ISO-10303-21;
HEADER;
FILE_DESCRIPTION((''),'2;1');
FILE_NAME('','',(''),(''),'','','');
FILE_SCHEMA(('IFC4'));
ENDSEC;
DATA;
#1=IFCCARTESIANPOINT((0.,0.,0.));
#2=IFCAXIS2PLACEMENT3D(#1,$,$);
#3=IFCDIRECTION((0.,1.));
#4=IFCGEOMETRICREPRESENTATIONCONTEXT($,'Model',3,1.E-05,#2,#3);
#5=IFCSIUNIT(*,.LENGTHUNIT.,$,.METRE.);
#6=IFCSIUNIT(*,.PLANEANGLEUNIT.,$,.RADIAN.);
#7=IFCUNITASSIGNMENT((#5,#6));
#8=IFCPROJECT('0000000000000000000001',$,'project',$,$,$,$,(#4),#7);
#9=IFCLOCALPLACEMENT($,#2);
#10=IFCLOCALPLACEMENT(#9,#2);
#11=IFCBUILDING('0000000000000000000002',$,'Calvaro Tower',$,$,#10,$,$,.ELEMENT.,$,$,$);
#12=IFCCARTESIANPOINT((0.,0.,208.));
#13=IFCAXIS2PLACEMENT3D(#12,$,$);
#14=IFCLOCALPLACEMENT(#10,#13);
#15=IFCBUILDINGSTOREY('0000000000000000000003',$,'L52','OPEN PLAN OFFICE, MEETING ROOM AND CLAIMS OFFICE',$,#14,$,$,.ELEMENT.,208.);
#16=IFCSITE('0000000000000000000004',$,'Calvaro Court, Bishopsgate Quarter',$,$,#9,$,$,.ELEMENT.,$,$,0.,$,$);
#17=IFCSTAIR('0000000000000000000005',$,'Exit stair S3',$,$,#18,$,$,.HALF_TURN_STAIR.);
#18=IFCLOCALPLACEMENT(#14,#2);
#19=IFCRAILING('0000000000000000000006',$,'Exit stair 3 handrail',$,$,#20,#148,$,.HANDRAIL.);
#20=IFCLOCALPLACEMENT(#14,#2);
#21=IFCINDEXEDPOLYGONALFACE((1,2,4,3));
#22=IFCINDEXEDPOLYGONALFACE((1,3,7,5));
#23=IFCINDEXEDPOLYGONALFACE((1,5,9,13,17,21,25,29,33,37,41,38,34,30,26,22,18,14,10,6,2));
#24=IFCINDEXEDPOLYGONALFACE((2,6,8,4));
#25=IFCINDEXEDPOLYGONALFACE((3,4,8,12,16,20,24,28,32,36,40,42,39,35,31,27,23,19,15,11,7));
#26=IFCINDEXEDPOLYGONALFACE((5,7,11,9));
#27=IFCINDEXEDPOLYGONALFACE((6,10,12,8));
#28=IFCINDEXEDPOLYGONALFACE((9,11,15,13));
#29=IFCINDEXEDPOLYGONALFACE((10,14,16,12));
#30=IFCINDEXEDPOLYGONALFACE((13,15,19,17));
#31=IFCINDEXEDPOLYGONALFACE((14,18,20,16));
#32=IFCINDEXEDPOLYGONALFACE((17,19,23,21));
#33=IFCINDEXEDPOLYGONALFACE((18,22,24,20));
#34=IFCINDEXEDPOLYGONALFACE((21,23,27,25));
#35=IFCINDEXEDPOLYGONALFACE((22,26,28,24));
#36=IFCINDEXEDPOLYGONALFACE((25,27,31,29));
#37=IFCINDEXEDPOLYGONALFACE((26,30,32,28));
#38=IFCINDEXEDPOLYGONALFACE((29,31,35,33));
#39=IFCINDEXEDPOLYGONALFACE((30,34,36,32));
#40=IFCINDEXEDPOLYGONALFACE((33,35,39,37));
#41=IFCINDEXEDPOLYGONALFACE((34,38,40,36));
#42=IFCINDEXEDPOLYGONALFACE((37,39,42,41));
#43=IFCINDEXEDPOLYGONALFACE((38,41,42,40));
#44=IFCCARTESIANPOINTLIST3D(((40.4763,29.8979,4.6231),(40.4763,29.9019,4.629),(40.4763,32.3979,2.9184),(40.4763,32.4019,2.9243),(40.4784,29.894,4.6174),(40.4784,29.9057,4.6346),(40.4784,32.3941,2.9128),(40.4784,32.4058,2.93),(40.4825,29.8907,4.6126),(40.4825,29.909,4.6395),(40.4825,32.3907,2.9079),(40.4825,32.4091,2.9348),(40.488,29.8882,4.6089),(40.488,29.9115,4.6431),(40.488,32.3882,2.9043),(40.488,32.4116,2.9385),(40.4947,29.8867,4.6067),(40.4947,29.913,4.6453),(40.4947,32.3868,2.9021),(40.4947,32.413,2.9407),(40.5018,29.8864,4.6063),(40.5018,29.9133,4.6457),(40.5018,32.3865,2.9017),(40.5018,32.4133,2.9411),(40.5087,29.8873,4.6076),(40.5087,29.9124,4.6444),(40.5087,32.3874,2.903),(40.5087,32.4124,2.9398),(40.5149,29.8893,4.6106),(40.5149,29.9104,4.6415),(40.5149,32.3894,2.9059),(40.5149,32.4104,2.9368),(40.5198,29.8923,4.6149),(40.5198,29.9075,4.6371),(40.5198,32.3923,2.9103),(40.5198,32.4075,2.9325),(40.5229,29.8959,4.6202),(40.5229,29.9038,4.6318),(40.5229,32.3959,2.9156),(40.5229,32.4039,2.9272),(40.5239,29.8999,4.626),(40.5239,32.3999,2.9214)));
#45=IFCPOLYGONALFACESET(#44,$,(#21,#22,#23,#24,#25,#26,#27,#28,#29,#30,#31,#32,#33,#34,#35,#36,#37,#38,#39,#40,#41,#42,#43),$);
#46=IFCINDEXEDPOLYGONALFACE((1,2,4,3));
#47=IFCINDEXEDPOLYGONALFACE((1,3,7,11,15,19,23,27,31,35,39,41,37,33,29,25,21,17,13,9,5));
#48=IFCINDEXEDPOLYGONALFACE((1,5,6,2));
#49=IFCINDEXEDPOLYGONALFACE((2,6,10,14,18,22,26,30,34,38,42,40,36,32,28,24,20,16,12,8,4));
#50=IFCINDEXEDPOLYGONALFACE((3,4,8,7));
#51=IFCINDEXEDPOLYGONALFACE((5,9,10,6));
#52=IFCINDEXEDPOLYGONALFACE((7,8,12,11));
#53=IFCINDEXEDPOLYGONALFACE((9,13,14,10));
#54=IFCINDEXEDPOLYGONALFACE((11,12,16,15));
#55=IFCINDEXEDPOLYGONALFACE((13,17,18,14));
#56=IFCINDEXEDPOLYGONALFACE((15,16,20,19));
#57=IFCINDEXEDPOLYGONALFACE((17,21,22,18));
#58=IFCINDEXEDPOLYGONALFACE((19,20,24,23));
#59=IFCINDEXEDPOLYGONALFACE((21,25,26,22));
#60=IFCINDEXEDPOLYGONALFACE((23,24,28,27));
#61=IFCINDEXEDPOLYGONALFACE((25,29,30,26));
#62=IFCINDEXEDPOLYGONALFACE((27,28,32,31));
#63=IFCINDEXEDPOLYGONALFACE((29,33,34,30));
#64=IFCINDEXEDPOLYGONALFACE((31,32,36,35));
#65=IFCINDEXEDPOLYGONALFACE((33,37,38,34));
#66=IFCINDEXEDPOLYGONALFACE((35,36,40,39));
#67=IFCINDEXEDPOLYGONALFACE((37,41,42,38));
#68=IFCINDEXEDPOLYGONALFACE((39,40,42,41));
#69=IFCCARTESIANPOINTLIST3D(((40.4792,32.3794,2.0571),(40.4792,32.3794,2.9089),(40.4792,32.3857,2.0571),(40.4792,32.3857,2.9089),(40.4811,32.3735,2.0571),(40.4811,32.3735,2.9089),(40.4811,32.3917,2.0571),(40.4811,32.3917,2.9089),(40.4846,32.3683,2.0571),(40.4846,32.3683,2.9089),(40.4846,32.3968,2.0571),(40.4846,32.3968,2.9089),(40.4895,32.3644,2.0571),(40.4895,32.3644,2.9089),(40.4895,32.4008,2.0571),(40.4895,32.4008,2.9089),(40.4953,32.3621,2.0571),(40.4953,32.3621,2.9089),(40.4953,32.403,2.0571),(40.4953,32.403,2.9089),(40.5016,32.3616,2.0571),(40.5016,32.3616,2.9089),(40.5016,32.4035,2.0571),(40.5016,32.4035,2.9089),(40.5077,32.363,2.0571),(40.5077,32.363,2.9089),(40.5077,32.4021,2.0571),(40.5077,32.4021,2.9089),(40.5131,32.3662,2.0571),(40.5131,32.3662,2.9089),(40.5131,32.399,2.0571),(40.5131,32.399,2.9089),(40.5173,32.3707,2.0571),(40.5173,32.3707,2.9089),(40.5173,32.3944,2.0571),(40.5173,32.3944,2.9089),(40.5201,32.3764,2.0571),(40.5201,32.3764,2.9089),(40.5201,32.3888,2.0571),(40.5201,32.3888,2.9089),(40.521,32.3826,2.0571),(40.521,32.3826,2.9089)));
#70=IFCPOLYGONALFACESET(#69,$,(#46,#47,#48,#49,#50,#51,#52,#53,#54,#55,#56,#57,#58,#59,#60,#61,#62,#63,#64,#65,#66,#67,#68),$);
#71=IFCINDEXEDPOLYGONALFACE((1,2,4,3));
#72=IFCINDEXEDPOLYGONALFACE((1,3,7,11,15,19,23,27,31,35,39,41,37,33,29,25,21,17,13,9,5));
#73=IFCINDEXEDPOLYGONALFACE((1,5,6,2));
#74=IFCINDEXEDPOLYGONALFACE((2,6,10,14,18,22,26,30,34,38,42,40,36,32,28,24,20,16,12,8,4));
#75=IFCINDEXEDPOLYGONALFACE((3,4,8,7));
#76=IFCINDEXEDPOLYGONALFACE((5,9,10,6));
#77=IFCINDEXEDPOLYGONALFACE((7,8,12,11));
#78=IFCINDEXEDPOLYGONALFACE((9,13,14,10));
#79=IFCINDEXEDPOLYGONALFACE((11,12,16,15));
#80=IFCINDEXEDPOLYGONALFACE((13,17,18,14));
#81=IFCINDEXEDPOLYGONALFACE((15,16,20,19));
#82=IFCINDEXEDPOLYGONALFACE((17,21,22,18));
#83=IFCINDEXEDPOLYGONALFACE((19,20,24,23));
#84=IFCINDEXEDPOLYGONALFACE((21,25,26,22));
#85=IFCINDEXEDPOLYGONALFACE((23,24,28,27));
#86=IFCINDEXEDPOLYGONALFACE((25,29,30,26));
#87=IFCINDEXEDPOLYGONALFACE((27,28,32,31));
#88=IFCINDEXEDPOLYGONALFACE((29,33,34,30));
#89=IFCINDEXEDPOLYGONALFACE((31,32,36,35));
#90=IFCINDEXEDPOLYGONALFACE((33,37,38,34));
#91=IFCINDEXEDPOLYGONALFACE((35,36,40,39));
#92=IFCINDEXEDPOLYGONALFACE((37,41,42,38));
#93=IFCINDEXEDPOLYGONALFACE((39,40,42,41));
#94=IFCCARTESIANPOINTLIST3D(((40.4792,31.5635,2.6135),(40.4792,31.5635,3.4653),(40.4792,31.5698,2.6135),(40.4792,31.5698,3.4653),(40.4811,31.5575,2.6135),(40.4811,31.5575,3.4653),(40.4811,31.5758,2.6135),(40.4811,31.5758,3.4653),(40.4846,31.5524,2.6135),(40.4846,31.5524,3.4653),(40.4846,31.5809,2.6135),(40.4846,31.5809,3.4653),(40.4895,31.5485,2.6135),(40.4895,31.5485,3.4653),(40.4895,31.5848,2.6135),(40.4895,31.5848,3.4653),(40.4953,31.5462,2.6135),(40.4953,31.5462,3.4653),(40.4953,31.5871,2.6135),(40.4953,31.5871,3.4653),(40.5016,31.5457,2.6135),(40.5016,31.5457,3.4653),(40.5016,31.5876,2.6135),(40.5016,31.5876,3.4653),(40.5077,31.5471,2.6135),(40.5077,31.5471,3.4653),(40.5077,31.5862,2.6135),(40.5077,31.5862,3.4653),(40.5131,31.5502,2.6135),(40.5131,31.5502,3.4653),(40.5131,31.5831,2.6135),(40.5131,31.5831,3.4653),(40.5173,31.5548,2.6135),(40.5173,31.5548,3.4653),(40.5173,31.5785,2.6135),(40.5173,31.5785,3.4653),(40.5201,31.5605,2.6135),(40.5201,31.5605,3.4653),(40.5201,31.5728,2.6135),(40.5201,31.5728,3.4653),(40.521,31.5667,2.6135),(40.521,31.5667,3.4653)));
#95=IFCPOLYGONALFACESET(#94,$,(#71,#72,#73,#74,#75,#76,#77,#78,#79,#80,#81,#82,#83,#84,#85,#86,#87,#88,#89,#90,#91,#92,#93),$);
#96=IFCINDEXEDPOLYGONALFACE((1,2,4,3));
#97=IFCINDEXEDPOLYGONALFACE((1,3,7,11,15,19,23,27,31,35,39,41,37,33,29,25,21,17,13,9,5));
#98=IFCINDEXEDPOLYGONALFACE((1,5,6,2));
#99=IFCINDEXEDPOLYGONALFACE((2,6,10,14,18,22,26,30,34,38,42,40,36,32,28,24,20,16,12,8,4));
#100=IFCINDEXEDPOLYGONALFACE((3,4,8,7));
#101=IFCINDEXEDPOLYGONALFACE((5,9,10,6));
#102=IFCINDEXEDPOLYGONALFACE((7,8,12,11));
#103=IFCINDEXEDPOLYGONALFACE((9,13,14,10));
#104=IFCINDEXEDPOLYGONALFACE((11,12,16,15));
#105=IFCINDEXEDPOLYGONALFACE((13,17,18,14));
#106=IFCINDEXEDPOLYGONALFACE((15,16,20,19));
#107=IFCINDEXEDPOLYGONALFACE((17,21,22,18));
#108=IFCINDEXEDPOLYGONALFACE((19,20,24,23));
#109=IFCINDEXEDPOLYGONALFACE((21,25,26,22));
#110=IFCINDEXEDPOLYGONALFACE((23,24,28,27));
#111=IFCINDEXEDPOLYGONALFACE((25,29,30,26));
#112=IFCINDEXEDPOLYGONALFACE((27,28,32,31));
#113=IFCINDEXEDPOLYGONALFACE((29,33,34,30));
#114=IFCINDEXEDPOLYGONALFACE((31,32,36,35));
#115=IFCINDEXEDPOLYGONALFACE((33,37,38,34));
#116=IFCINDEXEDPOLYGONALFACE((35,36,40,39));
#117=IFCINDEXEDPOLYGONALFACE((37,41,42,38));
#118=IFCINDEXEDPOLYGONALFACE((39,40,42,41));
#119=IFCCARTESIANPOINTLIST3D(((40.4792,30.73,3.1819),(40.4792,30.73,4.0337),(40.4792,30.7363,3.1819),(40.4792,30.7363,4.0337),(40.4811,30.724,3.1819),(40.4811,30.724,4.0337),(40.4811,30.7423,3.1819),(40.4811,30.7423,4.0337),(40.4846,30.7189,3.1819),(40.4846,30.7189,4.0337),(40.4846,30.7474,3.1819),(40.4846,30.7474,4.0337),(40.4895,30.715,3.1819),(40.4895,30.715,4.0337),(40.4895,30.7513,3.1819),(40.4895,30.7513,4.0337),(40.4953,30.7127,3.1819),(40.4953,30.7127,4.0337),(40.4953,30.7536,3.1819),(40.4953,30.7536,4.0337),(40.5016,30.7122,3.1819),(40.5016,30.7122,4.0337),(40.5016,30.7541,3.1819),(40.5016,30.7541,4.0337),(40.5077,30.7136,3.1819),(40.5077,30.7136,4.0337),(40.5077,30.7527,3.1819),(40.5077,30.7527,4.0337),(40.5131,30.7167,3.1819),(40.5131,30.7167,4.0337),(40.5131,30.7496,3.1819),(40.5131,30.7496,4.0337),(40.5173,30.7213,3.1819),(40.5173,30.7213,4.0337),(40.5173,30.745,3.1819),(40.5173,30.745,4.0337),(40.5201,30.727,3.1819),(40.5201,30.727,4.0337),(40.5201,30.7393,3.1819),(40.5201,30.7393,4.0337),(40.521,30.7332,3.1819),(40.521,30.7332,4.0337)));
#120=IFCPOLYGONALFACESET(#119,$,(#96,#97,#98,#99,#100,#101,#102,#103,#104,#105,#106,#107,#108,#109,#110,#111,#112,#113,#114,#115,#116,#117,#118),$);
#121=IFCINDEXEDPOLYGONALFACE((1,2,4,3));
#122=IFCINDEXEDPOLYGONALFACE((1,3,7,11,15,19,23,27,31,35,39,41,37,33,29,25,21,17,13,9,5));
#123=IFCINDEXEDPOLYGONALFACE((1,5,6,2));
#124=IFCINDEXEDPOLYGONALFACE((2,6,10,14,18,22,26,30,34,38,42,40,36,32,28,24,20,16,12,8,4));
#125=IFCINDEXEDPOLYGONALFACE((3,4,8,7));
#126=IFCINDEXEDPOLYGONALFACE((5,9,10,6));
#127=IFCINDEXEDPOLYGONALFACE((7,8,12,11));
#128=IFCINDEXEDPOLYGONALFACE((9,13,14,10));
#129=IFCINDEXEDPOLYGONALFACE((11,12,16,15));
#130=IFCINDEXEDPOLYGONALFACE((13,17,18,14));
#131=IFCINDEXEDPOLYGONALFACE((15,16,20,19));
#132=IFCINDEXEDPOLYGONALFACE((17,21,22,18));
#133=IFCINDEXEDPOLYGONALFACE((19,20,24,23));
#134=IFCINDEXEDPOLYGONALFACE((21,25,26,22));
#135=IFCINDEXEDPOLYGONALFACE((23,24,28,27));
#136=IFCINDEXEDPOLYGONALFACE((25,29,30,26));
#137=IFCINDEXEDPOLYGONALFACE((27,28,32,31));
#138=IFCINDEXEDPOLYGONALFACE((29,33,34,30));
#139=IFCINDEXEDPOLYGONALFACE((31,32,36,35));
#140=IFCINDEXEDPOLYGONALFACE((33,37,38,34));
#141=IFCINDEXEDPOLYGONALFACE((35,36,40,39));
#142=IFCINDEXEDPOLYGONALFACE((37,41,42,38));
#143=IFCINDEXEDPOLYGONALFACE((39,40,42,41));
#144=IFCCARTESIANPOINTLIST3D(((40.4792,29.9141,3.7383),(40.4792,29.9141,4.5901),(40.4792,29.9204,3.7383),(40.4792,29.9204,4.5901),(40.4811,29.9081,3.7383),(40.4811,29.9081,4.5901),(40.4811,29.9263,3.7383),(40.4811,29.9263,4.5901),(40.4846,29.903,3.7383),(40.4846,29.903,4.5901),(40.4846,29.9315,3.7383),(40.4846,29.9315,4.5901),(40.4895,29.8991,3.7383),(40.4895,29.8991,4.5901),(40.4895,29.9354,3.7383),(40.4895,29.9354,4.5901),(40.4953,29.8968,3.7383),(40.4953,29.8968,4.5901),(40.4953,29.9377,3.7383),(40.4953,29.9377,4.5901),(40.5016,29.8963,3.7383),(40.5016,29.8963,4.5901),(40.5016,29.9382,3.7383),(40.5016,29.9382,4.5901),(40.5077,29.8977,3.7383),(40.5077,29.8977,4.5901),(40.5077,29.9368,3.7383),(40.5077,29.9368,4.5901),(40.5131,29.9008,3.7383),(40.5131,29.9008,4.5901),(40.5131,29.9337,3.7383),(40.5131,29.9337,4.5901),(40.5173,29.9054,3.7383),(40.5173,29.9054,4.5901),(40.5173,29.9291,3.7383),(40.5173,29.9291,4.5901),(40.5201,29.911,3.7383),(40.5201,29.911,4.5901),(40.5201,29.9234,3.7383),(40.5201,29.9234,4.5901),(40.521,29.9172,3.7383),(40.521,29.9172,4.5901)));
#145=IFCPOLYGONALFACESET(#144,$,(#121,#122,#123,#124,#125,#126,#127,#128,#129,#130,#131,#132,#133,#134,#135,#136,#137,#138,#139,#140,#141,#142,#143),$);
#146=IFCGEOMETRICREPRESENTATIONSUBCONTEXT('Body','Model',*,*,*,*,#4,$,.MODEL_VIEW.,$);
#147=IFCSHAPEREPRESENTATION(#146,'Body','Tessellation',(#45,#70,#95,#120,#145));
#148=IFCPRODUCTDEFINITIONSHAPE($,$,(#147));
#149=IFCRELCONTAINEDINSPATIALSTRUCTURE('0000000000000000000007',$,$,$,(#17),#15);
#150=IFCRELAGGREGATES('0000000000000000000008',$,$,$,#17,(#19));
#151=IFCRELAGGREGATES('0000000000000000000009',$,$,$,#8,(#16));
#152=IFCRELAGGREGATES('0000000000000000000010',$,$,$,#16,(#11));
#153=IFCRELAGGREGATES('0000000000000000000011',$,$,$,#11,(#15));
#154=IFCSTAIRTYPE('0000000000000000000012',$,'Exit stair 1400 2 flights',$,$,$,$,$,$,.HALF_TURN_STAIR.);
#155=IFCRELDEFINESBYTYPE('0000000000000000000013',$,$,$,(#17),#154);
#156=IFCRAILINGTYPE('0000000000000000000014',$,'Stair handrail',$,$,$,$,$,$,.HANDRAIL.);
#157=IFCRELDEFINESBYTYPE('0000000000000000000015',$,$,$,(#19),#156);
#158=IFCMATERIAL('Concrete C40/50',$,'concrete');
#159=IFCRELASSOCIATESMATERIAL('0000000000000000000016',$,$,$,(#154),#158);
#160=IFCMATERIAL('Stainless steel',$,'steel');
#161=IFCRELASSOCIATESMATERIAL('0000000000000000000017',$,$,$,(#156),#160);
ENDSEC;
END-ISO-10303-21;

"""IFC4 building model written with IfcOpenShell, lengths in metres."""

from ifc_helpers import new_model, si_unit, direction, frame, origin, origin_2d, place, context, subcontext, project, spatial, circle, extrude, material, type_object, element, aggregate, save


model = new_model("IFC4")

# Units and contexts
model_context = context("Model", 3, precision=1e-05, world=origin(), true_north=direction((0.0, 1.0)))
body_context = subcontext(model_context, "Body", "Model", "MODEL_VIEW")
ifc_project = project(units=[si_unit("LENGTHUNIT", "METRE"), si_unit("PLANEANGLEUNIT", "RADIAN")], contexts=[model_context])

# Site, building, storey
site_placement = place(None, origin())
site = spatial("IfcSite", under=ifc_project, at=site_placement, Name="Calvaro Court, Bishopsgate Quarter", CompositionType="ELEMENT", RefElevation=0.0)
building_placement = place(site_placement, origin())
building = spatial("IfcBuilding", under=site, at=building_placement, Name="Calvaro Tower", CompositionType="ELEMENT")
storey_placement = place(building_placement, frame((0.0, 0.0, 208.0)))
storey = spatial("IfcBuildingStorey", under=building, at=storey_placement, Name="L52", Description="OPEN PLAN OFFICE, MEETING ROOM AND CLAIMS OFFICE", CompositionType="ELEMENT", Elevation=208.0)

# Stair
ifc_material_1 = material(Name="Concrete C40/50", Category="concrete")
stair_type = type_object("IfcStairType", Name="Exit stair 1400 2 flights", PredefinedType="HALF_TURN_STAIR", material=ifc_material_1)
stair_1_placement = place(storey_placement, origin())
stair_1 = element("IfcStair", 1, at=stair_1_placement, inside=storey, type_object=stair_type, Name="Exit stair S3", PredefinedType="HALF_TURN_STAIR")

# Railing
ifc_material_2 = material(Name="Stainless steel", Category="steel")
railing_type = type_object("IfcRailingType", Name="Stair handrail", PredefinedType="HANDRAIL", material=ifc_material_2)
railing_1_placement = place(storey_placement, frame((40.5, 32.3999, 2.0454)))
railing_1 = element("IfcRailing", 2, at=railing_1_placement, type_object=railing_type, Name="Exit stair 3 handrail", PredefinedType="HANDRAIL", context=body_context, shape_type="SweptSolid", body=[
    extrude(circle(Radius=0.0239, at=origin_2d()), frame((0.0, 0.0, 0.876), z_axis=(0.0, -0.826221, 0.563347), x_axis=(1.0, 0.0, 0.0)), (0.0, 0.0, 1.0), 3.0259),
    extrude(circle(Radius=0.021, at=origin_2d()), frame((0.0, -0.0173, 0.0117)), (0.0, 0.0, 1.0), 0.8518),
    extrude(circle(Radius=0.021, at=origin_2d()), frame((0.0, -0.8333, 0.5681)), (0.0, 0.0, 1.0), 0.8518),
    extrude(circle(Radius=0.021, at=origin_2d()), frame((0.0, -1.6667, 1.1365)), (0.0, 0.0, 1.0), 0.8518),
    extrude(circle(Radius=0.021, at=origin_2d()), frame((0.0, -2.4827, 1.6929)), (0.0, 0.0, 1.0), 0.8518),
])
aggregate(stair_1, [railing_1])

save(model, "model.ifc")
